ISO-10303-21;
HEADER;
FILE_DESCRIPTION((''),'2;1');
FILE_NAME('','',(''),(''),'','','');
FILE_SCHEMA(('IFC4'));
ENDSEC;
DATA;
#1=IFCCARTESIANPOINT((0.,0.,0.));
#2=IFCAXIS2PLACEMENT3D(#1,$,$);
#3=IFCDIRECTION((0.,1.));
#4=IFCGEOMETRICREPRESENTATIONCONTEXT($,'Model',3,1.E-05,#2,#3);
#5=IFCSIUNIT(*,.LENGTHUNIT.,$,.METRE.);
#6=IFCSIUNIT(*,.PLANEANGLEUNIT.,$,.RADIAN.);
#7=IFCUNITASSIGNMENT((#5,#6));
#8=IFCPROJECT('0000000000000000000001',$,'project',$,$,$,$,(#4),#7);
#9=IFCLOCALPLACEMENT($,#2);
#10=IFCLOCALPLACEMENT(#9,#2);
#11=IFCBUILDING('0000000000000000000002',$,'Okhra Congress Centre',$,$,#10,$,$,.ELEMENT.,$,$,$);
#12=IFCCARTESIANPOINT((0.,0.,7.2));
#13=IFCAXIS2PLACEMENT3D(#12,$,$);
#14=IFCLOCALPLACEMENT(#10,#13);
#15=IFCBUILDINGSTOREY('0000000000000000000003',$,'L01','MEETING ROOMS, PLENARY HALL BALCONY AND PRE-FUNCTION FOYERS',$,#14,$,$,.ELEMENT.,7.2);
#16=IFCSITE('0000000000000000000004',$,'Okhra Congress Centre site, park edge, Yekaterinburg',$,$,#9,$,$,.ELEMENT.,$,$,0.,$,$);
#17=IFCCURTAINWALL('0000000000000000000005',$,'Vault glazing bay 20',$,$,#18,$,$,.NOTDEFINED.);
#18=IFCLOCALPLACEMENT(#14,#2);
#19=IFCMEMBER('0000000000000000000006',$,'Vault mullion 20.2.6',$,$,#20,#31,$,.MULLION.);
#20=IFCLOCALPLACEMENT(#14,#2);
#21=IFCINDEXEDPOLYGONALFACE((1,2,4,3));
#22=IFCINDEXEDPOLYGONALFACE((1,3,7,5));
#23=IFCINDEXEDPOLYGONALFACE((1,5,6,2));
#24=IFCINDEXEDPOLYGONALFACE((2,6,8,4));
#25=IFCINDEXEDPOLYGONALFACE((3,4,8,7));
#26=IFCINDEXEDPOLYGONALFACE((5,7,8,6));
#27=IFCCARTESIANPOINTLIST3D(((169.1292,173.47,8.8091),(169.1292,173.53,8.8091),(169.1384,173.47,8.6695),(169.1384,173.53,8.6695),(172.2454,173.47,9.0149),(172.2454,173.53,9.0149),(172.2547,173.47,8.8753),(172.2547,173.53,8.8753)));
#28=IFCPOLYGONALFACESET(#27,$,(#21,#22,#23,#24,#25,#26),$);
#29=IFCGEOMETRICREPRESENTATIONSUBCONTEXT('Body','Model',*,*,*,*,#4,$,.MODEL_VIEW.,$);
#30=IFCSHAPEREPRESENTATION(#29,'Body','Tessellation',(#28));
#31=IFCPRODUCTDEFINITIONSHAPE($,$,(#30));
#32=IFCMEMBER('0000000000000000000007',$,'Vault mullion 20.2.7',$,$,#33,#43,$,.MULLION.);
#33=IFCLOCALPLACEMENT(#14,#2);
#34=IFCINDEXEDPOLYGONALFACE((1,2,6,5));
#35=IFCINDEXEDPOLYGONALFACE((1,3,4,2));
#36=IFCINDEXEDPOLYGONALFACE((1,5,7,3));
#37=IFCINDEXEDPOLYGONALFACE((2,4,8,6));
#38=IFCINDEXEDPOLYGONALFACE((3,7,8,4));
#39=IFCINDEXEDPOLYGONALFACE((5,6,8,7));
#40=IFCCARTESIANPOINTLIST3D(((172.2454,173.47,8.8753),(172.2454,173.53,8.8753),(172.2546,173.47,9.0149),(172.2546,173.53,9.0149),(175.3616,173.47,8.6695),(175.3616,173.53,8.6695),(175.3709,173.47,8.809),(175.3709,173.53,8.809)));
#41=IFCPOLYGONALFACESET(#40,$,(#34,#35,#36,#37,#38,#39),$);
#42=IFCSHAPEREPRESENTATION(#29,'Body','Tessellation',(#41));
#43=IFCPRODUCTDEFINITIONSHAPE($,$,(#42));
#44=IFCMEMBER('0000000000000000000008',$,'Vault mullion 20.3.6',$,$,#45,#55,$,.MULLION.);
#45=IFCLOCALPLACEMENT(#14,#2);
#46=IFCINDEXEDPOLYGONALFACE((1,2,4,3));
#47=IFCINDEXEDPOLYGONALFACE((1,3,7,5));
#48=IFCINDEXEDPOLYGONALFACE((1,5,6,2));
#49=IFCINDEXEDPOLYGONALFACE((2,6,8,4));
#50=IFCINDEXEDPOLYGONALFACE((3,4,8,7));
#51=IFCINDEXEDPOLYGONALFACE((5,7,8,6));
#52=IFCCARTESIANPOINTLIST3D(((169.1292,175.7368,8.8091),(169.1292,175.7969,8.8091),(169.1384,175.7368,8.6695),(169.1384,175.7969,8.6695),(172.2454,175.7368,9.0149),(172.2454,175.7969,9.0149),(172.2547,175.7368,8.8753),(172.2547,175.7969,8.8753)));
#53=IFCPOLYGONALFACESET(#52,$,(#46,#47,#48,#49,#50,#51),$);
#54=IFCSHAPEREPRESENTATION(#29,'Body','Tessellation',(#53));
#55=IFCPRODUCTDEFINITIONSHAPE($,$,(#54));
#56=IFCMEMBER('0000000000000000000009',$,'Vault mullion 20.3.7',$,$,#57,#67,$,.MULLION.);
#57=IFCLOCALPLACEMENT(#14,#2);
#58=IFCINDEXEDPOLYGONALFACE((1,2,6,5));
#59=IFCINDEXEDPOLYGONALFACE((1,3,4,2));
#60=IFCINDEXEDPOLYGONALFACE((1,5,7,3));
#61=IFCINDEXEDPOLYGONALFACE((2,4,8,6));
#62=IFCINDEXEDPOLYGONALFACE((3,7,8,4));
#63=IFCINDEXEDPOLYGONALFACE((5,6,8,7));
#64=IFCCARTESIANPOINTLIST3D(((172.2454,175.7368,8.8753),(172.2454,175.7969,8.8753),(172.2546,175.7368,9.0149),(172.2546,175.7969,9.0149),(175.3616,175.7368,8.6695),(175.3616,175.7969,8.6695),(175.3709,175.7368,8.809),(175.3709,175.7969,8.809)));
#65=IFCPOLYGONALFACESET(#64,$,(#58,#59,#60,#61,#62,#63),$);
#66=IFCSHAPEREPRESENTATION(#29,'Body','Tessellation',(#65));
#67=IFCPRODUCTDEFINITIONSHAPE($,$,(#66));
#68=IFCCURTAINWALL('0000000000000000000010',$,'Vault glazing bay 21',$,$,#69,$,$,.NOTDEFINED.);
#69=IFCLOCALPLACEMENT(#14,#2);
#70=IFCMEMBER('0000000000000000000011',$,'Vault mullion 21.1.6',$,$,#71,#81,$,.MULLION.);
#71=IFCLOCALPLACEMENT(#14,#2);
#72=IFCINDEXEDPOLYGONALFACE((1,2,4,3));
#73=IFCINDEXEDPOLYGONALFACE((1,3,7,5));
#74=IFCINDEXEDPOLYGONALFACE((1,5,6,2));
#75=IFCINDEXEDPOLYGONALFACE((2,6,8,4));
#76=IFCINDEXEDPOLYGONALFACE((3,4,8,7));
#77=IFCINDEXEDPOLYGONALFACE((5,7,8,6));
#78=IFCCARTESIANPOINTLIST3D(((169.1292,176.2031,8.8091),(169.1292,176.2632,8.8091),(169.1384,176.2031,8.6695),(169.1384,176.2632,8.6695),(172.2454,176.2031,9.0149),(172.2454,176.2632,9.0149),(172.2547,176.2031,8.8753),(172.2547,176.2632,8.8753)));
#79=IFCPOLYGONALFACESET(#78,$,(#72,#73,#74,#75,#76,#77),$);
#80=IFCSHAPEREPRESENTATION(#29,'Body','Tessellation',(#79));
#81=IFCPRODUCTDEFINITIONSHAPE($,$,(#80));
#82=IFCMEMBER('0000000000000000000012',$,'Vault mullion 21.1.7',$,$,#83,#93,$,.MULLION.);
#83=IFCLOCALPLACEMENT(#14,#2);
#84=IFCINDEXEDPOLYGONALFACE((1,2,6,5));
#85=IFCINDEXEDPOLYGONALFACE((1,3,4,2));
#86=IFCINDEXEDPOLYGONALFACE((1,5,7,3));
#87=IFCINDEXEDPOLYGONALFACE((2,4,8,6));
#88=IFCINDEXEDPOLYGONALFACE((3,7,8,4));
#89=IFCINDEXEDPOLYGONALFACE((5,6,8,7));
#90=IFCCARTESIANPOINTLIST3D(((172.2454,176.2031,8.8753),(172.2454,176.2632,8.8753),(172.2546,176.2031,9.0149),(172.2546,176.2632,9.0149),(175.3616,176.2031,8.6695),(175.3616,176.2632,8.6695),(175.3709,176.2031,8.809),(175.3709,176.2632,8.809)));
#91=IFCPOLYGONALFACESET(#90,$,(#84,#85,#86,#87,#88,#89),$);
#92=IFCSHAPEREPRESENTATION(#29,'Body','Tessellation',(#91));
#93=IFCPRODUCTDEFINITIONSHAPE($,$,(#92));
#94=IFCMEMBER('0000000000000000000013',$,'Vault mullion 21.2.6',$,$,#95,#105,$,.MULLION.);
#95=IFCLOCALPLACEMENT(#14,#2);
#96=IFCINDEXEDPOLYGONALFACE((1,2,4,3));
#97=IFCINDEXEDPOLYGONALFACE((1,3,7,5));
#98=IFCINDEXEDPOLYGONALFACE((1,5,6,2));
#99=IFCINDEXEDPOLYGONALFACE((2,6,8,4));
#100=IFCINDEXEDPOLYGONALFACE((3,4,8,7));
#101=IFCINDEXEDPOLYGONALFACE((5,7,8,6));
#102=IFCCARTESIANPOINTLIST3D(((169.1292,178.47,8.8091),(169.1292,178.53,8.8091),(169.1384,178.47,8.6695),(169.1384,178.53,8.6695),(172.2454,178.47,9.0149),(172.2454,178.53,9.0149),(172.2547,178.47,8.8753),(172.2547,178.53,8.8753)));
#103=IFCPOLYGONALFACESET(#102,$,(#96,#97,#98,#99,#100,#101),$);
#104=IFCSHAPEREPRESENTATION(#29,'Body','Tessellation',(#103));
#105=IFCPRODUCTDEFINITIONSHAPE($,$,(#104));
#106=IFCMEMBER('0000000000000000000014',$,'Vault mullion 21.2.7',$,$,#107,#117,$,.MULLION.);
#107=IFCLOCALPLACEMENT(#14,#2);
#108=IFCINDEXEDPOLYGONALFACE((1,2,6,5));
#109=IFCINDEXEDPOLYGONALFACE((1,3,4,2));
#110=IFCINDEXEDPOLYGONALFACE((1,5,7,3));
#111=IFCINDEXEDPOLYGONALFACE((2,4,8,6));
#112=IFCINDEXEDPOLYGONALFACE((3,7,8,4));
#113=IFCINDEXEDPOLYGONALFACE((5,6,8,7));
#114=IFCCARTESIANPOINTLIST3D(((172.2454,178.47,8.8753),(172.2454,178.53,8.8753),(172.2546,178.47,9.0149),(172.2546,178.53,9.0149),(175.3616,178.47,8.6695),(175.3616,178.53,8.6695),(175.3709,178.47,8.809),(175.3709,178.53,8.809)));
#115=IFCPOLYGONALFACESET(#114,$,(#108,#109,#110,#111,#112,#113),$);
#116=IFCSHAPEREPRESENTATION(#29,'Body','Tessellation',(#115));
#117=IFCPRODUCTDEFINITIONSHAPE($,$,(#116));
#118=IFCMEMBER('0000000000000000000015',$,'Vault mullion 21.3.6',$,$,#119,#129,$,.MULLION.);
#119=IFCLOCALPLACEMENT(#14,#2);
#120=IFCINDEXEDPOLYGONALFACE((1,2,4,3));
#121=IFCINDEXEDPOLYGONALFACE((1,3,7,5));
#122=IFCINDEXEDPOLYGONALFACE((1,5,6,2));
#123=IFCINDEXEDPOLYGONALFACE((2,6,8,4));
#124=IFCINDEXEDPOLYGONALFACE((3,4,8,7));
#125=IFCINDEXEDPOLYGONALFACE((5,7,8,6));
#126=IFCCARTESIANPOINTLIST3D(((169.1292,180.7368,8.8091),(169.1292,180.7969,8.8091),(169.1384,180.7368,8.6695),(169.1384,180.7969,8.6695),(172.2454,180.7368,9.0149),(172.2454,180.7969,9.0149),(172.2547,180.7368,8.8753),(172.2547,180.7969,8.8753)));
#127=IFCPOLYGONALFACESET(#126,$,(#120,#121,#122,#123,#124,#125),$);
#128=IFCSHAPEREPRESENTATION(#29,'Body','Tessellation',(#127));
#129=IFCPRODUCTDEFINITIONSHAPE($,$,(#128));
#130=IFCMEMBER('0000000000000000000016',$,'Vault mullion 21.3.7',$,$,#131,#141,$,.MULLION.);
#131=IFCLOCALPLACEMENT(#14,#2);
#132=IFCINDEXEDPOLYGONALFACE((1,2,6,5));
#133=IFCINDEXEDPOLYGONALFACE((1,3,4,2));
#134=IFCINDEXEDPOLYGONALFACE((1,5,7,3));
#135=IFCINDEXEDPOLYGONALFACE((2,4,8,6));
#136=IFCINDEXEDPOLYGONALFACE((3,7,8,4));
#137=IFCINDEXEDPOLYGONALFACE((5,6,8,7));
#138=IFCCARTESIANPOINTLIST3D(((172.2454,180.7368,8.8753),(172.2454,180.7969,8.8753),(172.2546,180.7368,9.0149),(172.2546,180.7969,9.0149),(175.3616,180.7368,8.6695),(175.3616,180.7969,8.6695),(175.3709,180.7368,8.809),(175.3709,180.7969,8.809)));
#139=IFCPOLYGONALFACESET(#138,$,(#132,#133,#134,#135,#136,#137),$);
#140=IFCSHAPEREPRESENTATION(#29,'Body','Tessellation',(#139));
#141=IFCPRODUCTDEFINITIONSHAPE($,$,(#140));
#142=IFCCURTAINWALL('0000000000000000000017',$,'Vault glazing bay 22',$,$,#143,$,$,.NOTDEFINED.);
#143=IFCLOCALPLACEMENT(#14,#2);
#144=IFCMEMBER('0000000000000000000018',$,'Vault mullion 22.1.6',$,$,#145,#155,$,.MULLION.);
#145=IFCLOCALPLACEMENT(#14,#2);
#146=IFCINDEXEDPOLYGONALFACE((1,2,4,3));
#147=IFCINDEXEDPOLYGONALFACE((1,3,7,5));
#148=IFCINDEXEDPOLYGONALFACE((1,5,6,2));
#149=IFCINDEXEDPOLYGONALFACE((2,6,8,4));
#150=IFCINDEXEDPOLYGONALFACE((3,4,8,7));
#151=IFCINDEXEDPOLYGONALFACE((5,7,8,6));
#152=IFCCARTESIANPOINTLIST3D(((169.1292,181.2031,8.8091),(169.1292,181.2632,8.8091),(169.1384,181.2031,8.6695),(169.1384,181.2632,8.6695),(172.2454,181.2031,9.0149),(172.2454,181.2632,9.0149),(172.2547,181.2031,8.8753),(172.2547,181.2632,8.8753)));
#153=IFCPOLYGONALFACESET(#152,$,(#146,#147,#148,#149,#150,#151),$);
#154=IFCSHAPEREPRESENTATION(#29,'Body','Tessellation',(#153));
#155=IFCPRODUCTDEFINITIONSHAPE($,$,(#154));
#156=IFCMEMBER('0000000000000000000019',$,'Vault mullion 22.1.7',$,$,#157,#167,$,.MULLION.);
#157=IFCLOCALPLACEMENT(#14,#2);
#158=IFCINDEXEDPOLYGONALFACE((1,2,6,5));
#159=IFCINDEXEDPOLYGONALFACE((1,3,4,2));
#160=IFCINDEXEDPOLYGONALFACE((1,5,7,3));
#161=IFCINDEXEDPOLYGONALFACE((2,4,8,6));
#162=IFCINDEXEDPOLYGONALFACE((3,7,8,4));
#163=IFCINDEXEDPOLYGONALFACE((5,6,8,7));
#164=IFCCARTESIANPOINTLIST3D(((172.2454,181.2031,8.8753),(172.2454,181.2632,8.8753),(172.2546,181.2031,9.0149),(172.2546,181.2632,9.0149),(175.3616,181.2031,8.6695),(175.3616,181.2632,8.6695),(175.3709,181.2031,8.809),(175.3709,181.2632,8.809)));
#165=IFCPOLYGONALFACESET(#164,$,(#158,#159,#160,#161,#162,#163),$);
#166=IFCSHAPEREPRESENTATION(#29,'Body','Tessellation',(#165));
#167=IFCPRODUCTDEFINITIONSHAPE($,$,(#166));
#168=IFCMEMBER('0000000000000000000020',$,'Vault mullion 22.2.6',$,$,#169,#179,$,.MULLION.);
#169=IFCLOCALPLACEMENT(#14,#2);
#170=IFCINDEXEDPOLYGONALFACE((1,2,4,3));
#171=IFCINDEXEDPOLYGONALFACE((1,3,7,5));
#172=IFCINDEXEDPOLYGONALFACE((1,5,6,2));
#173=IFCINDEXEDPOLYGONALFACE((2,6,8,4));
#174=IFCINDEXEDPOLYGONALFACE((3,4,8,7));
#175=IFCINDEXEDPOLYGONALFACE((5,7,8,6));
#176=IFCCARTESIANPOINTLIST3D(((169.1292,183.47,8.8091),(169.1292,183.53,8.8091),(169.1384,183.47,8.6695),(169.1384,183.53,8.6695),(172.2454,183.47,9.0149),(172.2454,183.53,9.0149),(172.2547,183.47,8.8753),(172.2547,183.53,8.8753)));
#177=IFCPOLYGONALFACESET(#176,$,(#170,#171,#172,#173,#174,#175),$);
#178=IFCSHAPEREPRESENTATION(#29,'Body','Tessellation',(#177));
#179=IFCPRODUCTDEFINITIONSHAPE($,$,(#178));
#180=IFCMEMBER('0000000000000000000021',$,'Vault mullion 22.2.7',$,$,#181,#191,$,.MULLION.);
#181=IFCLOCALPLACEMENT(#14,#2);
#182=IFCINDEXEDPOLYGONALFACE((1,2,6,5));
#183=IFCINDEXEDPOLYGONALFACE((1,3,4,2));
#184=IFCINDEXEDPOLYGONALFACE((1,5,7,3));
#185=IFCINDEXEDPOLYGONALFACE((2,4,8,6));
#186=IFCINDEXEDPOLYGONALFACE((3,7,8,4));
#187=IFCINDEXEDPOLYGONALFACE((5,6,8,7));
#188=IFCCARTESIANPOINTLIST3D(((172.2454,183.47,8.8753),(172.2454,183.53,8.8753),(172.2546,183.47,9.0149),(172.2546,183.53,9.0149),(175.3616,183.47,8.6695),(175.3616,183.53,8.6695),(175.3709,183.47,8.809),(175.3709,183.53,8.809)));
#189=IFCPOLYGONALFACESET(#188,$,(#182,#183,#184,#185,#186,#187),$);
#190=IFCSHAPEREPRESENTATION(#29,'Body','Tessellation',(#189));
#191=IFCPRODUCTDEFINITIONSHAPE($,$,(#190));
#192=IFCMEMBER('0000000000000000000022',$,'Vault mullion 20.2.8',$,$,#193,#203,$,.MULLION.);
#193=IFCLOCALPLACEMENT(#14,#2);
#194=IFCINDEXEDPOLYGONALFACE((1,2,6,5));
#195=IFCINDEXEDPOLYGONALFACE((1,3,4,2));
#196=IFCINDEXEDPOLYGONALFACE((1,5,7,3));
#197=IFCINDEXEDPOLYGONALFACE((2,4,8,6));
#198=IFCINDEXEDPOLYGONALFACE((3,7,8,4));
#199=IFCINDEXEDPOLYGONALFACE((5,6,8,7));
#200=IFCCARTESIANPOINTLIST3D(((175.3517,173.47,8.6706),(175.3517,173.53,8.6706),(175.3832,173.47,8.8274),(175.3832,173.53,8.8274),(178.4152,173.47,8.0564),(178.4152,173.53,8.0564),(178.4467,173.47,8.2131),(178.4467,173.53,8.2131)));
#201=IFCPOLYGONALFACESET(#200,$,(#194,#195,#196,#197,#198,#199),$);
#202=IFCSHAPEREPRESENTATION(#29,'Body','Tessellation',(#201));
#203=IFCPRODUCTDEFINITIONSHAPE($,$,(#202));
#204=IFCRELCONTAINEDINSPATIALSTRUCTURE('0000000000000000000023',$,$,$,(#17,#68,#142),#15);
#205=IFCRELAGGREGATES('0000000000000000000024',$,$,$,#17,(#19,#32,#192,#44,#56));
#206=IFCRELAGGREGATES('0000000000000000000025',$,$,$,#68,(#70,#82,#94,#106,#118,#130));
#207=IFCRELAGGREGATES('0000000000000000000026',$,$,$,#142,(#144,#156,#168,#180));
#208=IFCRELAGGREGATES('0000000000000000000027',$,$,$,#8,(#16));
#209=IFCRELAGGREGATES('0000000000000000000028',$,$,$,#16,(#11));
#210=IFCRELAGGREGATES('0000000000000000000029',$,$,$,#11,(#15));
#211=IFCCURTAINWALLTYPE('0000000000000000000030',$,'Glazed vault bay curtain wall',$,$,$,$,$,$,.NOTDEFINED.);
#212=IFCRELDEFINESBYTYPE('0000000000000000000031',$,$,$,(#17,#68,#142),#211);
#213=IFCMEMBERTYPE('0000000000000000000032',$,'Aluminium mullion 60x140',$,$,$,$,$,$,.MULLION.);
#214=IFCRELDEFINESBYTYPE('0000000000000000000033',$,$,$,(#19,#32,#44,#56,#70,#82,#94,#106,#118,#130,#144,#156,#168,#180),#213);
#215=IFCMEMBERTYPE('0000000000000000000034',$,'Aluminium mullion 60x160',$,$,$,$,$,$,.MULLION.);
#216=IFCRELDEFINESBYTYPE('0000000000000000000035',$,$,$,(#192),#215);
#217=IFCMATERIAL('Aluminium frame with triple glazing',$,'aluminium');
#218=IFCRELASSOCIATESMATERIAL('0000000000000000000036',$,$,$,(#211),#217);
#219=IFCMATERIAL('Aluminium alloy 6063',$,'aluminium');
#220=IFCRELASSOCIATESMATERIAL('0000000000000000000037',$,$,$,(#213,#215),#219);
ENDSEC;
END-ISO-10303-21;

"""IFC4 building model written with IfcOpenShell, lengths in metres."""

from ifc_helpers import new_model, si_unit, direction, frame, origin, origin_2d, place, context, subcontext, project, spatial, rectangle, extrude, material, material_profile, profile_set, type_object, element, aggregate, save


model = new_model("IFC4")

# Units and contexts
model_context = context("Model", 3, precision=1e-05, world=origin(), true_north=direction((0.0, 1.0)))
body_context = subcontext(model_context, "Body", "Model", "MODEL_VIEW")
ifc_project = project(units=[si_unit("LENGTHUNIT", "METRE"), si_unit("PLANEANGLEUNIT", "RADIAN")], contexts=[model_context])

# Site, building, storey
site_placement = place(None, origin())
site = spatial("IfcSite", under=ifc_project, at=site_placement, Name="Okhra Congress Centre site, park edge, Yekaterinburg", CompositionType="ELEMENT", RefElevation=0.0)
building_placement = place(site_placement, origin())
building = spatial("IfcBuilding", under=site, at=building_placement, Name="Okhra Congress Centre", CompositionType="ELEMENT")
storey_placement = place(building_placement, frame((0.0, 0.0, 7.2)))
storey = spatial("IfcBuildingStorey", under=building, at=storey_placement, Name="L01", Description="MEETING ROOMS, PLENARY HALL BALCONY AND PRE-FUNCTION FOYERS", CompositionType="ELEMENT", Elevation=7.2)

# Curtain walls, members
ifc_material_1 = material(Name="Aluminium frame with triple glazing", Category="aluminium")
curtain_wall_type = type_object("IfcCurtainWallType", Name="Glazed vault bay curtain wall", PredefinedType="NOTDEFINED", material=ifc_material_1)
curtain_wall_1_placement = place(storey_placement, origin())
curtain_wall_1 = element("IfcCurtainWall", 1, at=curtain_wall_1_placement, inside=storey, type_object=curtain_wall_type, Name="Vault glazing bay 20", PredefinedType="NOTDEFINED")
ifc_material_2 = material(Name="Aluminium alloy 6063", Category="aluminium")
ifc_material_profile_1 = material_profile(ifc_material_2, rectangle(XDim=0.0601, YDim=0.1399, at=origin_2d()), Name="AL 60x140")
ifc_profile_set_1 = profile_set([ifc_material_profile_1], Name="Aluminium alloy 6063")
member_type_1 = type_object("IfcMemberType", Name="Aluminium mullion 60x140", PredefinedType="MULLION", material=ifc_profile_set_1)
member_1_placement = place(storey_placement, frame((169.1338, 173.5, 8.7393), z_axis=(0.997826, 0.0, 0.065902), x_axis=(0.0, 1.0, 0.0)))
member_1 = element("IfcMember", 2, at=member_1_placement, type_object=member_type_1, Name="Vault mullion 20.2.6", PredefinedType="MULLION", context=body_context, shape_type="SweptSolid", body=[
    extrude(rectangle(XDim=0.0601, YDim=0.1399, at=origin_2d()), origin(), (0.0, 0.0, 1.0), 3.123),
])
member_2_placement = place(storey_placement, frame((172.25, 173.5, 8.9451), z_axis=(0.997826, 0.0, -0.065902), x_axis=(0.0, 1.0, 0.0)))
member_2 = element("IfcMember", 3, at=member_2_placement, type_object=member_type_1, Name="Vault mullion 20.2.7", PredefinedType="MULLION", context=body_context, shape_type="SweptSolid", body=[
    extrude(rectangle(XDim=0.0601, YDim=0.1399, at=origin_2d()), origin(), (0.0, 0.0, 1.0), 3.123),
])
member_3_placement = place(storey_placement, frame((169.1338, 175.7668, 8.7393), z_axis=(0.997826, 0.0, 0.065902), x_axis=(0.0, 1.0, 0.0)))
member_3 = element("IfcMember", 4, at=member_3_placement, type_object=member_type_1, Name="Vault mullion 20.3.6", PredefinedType="MULLION", context=body_context, shape_type="SweptSolid", body=[
    extrude(rectangle(XDim=0.0601, YDim=0.1399, at=origin_2d()), origin(), (0.0, 0.0, 1.0), 3.123),
])
member_4_placement = place(storey_placement, frame((172.25, 175.7668, 8.9451), z_axis=(0.997826, 0.0, -0.065902), x_axis=(0.0, 1.0, 0.0)))
member_4 = element("IfcMember", 5, at=member_4_placement, type_object=member_type_1, Name="Vault mullion 20.3.7", PredefinedType="MULLION", context=body_context, shape_type="SweptSolid", body=[
    extrude(rectangle(XDim=0.0601, YDim=0.1399, at=origin_2d()), origin(), (0.0, 0.0, 1.0), 3.123),
])
curtain_wall_2_placement = place(storey_placement, origin())
curtain_wall_2 = element("IfcCurtainWall", 6, at=curtain_wall_2_placement, inside=storey, type_object=curtain_wall_type, Name="Vault glazing bay 21", PredefinedType="NOTDEFINED")
member_5_placement = place(storey_placement, frame((169.1338, 176.2332, 8.7393), z_axis=(0.997826, 0.0, 0.065902), x_axis=(0.0, 1.0, 0.0)))
member_5 = element("IfcMember", 7, at=member_5_placement, type_object=member_type_1, Name="Vault mullion 21.1.6", PredefinedType="MULLION", context=body_context, shape_type="SweptSolid", body=[
    extrude(rectangle(XDim=0.0601, YDim=0.1399, at=origin_2d()), origin(), (0.0, 0.0, 1.0), 3.123),
])
member_6_placement = place(storey_placement, frame((172.25, 176.2332, 8.9451), z_axis=(0.997826, 0.0, -0.065902), x_axis=(0.0, 1.0, 0.0)))
member_6 = element("IfcMember", 8, at=member_6_placement, type_object=member_type_1, Name="Vault mullion 21.1.7", PredefinedType="MULLION", context=body_context, shape_type="SweptSolid", body=[
    extrude(rectangle(XDim=0.0601, YDim=0.1399, at=origin_2d()), origin(), (0.0, 0.0, 1.0), 3.123),
])
member_7_placement = place(storey_placement, frame((169.1338, 178.5, 8.7393), z_axis=(0.997826, 0.0, 0.065902), x_axis=(0.0, 1.0, 0.0)))
member_7 = element("IfcMember", 9, at=member_7_placement, type_object=member_type_1, Name="Vault mullion 21.2.6", PredefinedType="MULLION", context=body_context, shape_type="SweptSolid", body=[
    extrude(rectangle(XDim=0.0601, YDim=0.1399, at=origin_2d()), origin(), (0.0, 0.0, 1.0), 3.123),
])
member_8_placement = place(storey_placement, frame((172.25, 178.5, 8.9451), z_axis=(0.997826, 0.0, -0.065902), x_axis=(0.0, 1.0, 0.0)))
member_8 = element("IfcMember", 10, at=member_8_placement, type_object=member_type_1, Name="Vault mullion 21.2.7", PredefinedType="MULLION", context=body_context, shape_type="SweptSolid", body=[
    extrude(rectangle(XDim=0.0601, YDim=0.1399, at=origin_2d()), origin(), (0.0, 0.0, 1.0), 3.123),
])
member_9_placement = place(storey_placement, frame((169.1338, 180.7668, 8.7393), z_axis=(0.997826, 0.0, 0.065902), x_axis=(0.0, 1.0, 0.0)))
member_9 = element("IfcMember", 11, at=member_9_placement, type_object=member_type_1, Name="Vault mullion 21.3.6", PredefinedType="MULLION", context=body_context, shape_type="SweptSolid", body=[
    extrude(rectangle(XDim=0.0601, YDim=0.1399, at=origin_2d()), origin(), (0.0, 0.0, 1.0), 3.123),
])
member_10_placement = place(storey_placement, frame((172.25, 180.7668, 8.9451), z_axis=(0.997826, 0.0, -0.065902), x_axis=(0.0, 1.0, 0.0)))
member_10 = element("IfcMember", 12, at=member_10_placement, type_object=member_type_1, Name="Vault mullion 21.3.7", PredefinedType="MULLION", context=body_context, shape_type="SweptSolid", body=[
    extrude(rectangle(XDim=0.0601, YDim=0.1399, at=origin_2d()), origin(), (0.0, 0.0, 1.0), 3.123),
])
curtain_wall_3_placement = place(storey_placement, origin())
curtain_wall_3 = element("IfcCurtainWall", 13, at=curtain_wall_3_placement, inside=storey, type_object=curtain_wall_type, Name="Vault glazing bay 22", PredefinedType="NOTDEFINED")
member_11_placement = place(storey_placement, frame((169.1338, 181.2332, 8.7393), z_axis=(0.997826, 0.0, 0.065902), x_axis=(0.0, 1.0, 0.0)))
member_11 = element("IfcMember", 14, at=member_11_placement, type_object=member_type_1, Name="Vault mullion 22.1.6", PredefinedType="MULLION", context=body_context, shape_type="SweptSolid", body=[
    extrude(rectangle(XDim=0.0601, YDim=0.1399, at=origin_2d()), origin(), (0.0, 0.0, 1.0), 3.123),
])
member_12_placement = place(storey_placement, frame((172.25, 181.2332, 8.9451), z_axis=(0.997826, 0.0, -0.065902), x_axis=(0.0, 1.0, 0.0)))
member_12 = element("IfcMember", 15, at=member_12_placement, type_object=member_type_1, Name="Vault mullion 22.1.7", PredefinedType="MULLION", context=body_context, shape_type="SweptSolid", body=[
    extrude(rectangle(XDim=0.0601, YDim=0.1399, at=origin_2d()), origin(), (0.0, 0.0, 1.0), 3.123),
])
member_13_placement = place(storey_placement, frame((169.1338, 183.5, 8.7393), z_axis=(0.997826, 0.0, 0.065902), x_axis=(0.0, 1.0, 0.0)))
member_13 = element("IfcMember", 16, at=member_13_placement, type_object=member_type_1, Name="Vault mullion 22.2.6", PredefinedType="MULLION", context=body_context, shape_type="SweptSolid", body=[
    extrude(rectangle(XDim=0.0601, YDim=0.1399, at=origin_2d()), origin(), (0.0, 0.0, 1.0), 3.123),
])
member_14_placement = place(storey_placement, frame((172.25, 183.5, 8.9451), z_axis=(0.997826, 0.0, -0.065902), x_axis=(0.0, 1.0, 0.0)))
member_14 = element("IfcMember", 17, at=member_14_placement, type_object=member_type_1, Name="Vault mullion 22.2.7", PredefinedType="MULLION", context=body_context, shape_type="SweptSolid", body=[
    extrude(rectangle(XDim=0.0601, YDim=0.1399, at=origin_2d()), origin(), (0.0, 0.0, 1.0), 3.123),
])

# Member
ifc_material_profile_2 = material_profile(ifc_material_2, rectangle(XDim=0.0601, YDim=0.1599, at=origin_2d()), Name="AL 60x160")
ifc_profile_set_2 = profile_set([ifc_material_profile_2], Name="Aluminium alloy 6063")
member_type_2 = type_object("IfcMemberType", Name="Aluminium mullion 60x160", PredefinedType="MULLION", material=ifc_profile_set_2)
member_15_placement = place(storey_placement, frame((175.3674, 173.5, 8.749), z_axis=(0.980484, 0.0, -0.196597), x_axis=(0.0, 1.0, 0.0)))
member_15 = element("IfcMember", 18, at=member_15_placement, type_object=member_type_2, Name="Vault mullion 20.2.8", PredefinedType="MULLION", context=body_context, shape_type="SweptSolid", body=[
    extrude(rectangle(XDim=0.0601, YDim=0.1599, at=origin_2d()), origin(), (0.0, 0.0, 1.0), 3.1245),
])

aggregate(curtain_wall_1, [member_1, member_2, member_15, member_3, member_4])
aggregate(curtain_wall_2, [member_5, member_6, member_7, member_8, member_9, member_10])
aggregate(curtain_wall_3, [member_11, member_12, member_13, member_14])

save(model, "model.ifc")
